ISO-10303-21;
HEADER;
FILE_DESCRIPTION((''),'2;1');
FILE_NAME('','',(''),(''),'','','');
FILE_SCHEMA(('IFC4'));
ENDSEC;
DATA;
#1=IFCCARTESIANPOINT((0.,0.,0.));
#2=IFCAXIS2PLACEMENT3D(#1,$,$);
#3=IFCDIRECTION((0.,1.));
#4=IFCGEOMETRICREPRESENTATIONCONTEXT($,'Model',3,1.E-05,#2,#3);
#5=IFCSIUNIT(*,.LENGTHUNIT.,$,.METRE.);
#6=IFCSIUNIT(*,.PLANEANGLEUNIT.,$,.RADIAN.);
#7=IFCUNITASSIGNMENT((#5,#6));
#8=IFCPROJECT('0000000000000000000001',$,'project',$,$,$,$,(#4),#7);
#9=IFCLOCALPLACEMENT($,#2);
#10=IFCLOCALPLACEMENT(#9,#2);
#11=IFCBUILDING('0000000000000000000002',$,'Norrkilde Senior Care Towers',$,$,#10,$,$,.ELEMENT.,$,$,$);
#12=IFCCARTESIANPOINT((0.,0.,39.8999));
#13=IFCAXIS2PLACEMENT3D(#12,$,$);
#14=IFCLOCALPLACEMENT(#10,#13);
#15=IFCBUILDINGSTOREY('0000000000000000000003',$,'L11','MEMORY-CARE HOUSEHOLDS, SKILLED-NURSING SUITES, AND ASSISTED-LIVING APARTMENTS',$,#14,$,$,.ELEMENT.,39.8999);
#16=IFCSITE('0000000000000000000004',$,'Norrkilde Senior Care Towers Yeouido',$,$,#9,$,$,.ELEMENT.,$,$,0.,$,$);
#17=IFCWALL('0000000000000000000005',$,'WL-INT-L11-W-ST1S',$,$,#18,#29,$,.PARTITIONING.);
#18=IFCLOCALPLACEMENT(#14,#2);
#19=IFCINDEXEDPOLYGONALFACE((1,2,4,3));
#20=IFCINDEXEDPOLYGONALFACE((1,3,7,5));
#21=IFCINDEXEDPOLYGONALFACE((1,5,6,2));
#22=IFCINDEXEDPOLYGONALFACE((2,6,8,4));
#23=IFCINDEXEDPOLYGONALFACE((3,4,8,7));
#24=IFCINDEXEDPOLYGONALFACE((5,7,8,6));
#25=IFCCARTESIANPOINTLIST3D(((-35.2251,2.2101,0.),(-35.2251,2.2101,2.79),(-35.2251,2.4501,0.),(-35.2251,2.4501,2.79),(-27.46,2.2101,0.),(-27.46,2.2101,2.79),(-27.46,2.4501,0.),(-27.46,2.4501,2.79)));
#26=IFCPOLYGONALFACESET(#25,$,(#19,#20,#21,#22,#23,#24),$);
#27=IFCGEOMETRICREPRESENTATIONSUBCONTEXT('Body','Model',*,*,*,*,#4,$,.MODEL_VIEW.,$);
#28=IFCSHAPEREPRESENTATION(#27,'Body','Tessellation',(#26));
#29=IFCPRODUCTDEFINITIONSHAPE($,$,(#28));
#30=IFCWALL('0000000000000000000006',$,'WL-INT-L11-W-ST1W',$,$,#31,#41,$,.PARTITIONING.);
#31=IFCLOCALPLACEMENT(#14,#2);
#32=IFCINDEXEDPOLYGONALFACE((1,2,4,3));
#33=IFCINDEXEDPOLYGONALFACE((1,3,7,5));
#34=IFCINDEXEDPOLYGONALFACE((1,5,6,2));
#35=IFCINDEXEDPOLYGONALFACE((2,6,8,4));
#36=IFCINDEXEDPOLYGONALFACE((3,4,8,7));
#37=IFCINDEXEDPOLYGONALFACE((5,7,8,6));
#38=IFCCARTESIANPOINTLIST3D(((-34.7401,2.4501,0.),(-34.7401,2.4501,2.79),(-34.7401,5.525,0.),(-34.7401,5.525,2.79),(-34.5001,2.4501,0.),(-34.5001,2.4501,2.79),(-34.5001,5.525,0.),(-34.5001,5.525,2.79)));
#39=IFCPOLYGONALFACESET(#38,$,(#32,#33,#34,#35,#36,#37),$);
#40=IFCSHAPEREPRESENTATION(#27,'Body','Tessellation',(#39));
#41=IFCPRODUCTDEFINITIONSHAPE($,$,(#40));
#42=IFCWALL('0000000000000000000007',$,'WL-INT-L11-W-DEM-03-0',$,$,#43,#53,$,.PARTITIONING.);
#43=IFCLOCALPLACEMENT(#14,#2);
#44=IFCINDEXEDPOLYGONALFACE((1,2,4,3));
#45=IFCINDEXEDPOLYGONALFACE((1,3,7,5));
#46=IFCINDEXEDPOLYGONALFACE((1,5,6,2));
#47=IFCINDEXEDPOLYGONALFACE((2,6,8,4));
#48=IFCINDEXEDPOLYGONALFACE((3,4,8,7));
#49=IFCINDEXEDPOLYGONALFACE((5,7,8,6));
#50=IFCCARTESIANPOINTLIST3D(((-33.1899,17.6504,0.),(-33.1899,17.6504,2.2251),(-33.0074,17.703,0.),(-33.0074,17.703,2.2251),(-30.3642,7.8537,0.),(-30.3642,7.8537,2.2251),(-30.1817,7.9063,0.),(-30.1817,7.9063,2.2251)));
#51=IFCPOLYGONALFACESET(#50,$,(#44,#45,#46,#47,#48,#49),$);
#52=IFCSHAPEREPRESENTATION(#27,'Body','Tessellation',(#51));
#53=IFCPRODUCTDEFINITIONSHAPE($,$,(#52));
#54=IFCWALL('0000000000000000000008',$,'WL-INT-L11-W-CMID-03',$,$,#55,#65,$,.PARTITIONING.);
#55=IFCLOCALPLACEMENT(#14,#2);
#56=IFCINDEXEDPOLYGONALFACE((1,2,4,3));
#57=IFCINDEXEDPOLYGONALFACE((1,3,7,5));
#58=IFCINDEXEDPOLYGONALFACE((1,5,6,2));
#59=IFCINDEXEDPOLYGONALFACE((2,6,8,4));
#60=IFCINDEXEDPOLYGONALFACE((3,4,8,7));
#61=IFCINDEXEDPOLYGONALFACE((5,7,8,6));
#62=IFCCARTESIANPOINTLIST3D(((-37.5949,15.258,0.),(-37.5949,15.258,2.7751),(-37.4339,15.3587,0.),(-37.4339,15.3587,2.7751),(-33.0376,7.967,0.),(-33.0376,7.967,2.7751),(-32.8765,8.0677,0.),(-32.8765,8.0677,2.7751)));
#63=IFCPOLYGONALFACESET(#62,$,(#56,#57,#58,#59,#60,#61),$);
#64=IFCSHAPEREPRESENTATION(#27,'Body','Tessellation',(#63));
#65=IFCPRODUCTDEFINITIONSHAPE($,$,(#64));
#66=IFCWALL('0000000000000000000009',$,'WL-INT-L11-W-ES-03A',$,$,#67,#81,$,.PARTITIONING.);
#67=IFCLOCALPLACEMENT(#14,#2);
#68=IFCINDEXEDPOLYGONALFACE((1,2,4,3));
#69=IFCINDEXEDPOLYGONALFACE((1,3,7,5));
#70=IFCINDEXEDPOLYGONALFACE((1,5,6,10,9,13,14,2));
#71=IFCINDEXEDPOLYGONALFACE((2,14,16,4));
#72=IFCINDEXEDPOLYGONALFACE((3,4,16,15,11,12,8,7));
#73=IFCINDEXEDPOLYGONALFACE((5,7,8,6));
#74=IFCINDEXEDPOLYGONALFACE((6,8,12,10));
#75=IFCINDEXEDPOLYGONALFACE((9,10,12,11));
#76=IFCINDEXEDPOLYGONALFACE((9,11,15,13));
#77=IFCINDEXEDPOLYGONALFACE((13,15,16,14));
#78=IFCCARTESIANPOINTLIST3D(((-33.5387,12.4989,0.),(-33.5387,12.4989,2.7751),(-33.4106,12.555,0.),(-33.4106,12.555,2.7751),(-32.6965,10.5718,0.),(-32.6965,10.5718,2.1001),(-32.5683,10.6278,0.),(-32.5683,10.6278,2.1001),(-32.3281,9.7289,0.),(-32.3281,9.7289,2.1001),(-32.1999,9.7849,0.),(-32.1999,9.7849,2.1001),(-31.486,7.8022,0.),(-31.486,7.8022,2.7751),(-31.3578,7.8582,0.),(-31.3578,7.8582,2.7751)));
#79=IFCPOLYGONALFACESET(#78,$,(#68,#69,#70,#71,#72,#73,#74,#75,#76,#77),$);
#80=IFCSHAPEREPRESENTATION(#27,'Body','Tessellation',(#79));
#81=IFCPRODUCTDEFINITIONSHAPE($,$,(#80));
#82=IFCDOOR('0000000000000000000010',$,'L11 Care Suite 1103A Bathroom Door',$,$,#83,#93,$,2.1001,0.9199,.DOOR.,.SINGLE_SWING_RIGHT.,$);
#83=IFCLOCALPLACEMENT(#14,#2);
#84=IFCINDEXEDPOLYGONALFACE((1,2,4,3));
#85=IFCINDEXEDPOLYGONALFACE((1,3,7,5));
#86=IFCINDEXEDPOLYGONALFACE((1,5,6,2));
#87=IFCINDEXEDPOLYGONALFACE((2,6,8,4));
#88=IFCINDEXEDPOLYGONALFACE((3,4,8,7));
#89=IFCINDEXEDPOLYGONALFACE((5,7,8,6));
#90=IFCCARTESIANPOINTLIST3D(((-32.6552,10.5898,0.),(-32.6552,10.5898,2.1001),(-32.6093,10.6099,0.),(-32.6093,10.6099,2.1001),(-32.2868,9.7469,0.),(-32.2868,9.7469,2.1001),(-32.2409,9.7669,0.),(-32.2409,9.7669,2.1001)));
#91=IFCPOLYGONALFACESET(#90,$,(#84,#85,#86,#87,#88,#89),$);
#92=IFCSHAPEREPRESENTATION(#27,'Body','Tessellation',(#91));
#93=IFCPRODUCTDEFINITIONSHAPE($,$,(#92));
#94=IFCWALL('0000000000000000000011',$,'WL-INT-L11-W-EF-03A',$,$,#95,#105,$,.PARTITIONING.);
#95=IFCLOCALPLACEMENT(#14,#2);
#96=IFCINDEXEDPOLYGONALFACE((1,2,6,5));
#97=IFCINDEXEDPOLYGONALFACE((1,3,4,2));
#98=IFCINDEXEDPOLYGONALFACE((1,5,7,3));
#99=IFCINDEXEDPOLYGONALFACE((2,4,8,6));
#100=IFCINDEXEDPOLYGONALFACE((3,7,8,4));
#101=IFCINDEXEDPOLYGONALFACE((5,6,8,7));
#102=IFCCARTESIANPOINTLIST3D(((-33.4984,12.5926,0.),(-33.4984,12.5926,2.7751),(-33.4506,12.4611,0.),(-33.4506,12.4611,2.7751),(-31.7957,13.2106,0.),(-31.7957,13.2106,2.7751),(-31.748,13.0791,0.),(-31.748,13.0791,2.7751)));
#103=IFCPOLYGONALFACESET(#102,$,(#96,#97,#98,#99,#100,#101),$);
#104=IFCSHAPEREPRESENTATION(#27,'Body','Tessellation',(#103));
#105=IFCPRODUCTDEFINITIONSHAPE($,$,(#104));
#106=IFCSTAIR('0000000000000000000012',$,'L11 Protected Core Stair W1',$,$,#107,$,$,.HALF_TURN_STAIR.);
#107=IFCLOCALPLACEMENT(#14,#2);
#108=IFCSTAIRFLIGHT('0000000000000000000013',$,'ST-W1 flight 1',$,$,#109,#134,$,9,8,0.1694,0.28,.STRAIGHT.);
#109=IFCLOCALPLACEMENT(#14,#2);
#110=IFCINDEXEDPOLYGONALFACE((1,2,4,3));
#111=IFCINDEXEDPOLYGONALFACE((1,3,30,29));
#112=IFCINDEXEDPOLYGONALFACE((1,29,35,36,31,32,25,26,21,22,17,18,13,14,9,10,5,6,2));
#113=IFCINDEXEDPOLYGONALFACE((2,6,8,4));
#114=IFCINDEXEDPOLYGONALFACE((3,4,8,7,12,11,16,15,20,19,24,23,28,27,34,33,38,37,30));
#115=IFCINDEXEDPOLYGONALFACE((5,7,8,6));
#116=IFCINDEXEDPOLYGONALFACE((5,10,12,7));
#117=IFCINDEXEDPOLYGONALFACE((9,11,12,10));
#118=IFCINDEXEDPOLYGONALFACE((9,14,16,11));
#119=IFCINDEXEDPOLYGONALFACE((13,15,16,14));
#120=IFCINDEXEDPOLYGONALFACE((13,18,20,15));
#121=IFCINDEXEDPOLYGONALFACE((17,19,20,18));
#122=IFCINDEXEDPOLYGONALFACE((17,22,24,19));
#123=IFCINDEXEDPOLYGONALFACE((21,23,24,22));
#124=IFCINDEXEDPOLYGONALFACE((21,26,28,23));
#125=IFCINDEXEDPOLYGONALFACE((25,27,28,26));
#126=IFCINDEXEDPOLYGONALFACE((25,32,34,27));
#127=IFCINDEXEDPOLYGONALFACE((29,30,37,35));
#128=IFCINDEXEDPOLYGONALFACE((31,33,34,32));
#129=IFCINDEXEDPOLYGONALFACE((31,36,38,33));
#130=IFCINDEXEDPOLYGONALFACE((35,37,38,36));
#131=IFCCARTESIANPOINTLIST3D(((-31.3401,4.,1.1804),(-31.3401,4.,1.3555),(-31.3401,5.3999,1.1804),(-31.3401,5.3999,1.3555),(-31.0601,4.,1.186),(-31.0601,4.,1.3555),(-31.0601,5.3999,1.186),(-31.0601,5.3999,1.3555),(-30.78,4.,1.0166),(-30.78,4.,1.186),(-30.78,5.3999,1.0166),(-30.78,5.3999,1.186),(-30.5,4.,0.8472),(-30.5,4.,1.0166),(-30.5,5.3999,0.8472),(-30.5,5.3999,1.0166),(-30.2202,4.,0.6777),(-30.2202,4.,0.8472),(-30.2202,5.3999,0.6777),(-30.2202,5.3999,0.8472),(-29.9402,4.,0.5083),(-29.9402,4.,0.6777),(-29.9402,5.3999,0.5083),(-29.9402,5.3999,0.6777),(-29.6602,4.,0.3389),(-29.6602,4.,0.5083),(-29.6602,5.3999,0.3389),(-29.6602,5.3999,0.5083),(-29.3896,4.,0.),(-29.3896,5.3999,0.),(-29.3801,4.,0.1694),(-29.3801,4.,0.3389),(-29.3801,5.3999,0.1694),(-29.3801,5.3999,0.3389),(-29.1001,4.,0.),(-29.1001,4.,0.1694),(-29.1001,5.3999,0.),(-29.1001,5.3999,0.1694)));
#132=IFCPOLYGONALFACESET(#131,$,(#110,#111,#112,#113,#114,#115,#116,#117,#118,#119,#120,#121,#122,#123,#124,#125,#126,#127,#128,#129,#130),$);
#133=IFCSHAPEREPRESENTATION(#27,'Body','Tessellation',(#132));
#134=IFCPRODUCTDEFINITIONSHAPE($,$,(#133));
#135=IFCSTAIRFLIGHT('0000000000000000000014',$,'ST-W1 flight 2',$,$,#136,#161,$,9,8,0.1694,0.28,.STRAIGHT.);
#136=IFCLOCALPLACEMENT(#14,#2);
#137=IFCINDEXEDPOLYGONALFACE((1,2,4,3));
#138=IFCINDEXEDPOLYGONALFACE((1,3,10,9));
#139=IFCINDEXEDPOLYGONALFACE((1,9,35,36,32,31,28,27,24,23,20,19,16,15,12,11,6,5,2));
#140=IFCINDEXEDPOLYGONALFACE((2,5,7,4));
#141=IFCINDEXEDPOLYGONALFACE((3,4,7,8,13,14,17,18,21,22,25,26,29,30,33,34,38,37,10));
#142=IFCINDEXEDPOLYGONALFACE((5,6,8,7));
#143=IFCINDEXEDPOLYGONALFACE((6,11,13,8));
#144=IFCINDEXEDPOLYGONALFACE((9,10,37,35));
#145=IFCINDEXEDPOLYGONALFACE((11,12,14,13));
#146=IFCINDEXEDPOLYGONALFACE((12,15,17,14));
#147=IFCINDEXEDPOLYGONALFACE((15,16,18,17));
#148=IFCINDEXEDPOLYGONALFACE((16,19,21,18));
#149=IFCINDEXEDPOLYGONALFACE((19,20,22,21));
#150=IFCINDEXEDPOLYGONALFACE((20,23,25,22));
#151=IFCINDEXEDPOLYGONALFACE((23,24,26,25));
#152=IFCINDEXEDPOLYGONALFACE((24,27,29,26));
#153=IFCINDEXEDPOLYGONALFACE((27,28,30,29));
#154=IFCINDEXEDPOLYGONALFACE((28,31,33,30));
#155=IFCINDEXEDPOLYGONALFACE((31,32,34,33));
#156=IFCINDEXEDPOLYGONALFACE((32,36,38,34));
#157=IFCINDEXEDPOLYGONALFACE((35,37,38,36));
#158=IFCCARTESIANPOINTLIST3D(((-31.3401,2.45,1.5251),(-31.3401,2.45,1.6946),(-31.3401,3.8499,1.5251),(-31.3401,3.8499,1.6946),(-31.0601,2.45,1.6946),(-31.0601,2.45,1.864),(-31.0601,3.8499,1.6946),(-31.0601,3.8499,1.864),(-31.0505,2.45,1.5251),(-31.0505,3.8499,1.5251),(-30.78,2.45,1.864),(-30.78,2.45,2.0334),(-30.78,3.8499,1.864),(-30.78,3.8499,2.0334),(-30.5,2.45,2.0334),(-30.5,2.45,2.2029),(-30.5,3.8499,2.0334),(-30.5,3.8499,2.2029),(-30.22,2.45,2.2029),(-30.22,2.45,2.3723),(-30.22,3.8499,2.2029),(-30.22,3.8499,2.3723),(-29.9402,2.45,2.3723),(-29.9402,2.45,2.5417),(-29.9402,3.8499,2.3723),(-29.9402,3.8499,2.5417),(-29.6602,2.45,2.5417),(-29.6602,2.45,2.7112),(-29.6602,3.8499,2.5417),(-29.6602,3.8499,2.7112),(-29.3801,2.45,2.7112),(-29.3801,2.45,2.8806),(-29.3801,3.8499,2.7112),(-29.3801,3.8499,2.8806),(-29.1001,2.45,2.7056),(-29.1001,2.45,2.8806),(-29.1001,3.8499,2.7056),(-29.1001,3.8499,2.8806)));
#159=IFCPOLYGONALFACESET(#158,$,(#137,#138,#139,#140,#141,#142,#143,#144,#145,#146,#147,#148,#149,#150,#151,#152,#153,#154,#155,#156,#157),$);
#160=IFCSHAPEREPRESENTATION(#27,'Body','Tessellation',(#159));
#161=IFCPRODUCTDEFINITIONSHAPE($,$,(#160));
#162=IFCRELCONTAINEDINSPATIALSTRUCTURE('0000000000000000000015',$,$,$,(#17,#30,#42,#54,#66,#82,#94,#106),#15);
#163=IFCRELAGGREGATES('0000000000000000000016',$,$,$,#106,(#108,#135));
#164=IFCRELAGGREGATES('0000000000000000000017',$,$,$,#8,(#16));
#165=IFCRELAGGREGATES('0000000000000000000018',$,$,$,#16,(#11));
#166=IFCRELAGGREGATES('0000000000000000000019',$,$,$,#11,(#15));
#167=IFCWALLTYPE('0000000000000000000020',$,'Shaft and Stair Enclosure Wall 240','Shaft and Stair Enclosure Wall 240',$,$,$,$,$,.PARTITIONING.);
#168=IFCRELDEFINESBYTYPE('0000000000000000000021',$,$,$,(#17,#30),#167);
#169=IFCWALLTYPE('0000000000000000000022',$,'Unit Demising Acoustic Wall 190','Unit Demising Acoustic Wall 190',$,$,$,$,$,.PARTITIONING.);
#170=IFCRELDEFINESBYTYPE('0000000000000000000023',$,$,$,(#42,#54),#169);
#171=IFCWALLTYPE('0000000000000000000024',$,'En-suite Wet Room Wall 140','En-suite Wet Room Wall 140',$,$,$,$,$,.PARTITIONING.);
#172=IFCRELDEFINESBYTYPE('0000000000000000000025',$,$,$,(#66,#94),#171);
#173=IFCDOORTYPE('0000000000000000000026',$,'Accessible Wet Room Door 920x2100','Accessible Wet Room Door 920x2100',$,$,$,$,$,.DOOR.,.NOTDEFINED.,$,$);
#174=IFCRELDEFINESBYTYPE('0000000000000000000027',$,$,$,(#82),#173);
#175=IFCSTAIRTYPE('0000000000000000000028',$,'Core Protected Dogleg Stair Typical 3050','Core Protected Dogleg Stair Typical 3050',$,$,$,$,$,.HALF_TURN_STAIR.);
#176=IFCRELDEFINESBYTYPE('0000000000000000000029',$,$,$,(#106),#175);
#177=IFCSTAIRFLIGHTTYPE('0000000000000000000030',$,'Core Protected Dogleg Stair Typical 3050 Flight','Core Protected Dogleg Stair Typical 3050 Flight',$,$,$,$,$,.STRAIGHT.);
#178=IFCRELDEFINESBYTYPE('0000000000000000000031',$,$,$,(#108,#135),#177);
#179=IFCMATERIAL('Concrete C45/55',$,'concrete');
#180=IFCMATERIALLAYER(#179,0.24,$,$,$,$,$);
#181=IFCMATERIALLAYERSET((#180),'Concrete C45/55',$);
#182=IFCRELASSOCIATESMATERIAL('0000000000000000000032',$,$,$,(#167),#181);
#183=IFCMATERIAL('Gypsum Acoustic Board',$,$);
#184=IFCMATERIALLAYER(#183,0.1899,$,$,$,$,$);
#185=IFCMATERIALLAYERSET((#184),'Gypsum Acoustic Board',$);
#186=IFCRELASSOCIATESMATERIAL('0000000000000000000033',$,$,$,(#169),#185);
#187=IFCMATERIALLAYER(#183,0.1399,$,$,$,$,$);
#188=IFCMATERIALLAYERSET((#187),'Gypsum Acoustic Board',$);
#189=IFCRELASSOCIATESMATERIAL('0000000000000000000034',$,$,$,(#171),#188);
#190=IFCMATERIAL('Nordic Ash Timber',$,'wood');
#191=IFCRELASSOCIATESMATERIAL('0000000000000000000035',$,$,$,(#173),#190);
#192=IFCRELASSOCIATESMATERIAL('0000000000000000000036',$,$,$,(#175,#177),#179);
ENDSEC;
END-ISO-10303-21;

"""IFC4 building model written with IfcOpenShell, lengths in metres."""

from ifc_helpers import new_model, si_unit, direction, frame, frame_2d, origin, place, context, subcontext, project, spatial, polyline, rectangle, outline, extrude, source, transform, mapped, material, layer, layer_set, type_object, type_shapes, element, fill, aggregate, save


model = new_model("IFC4")

# Units and contexts
model_context = context("Model", 3, precision=1e-05, world=origin(), true_north=direction((0.0, 1.0)))
body_context = subcontext(model_context, "Body", "Model", "MODEL_VIEW")
ifc_project = project(units=[si_unit("LENGTHUNIT", "METRE"), si_unit("PLANEANGLEUNIT", "RADIAN")], contexts=[model_context])

# Site, building, storey
site_placement = place(None, origin())
site = spatial("IfcSite", under=ifc_project, at=site_placement, Name="Norrkilde Senior Care Towers Yeouido", CompositionType="ELEMENT", RefElevation=0.0)
building_placement = place(site_placement, origin())
building = spatial("IfcBuilding", under=site, at=building_placement, Name="Norrkilde Senior Care Towers", CompositionType="ELEMENT")
storey_placement = place(building_placement, frame((0.0, 0.0, 39.8999)))
storey = spatial("IfcBuildingStorey", under=building, at=storey_placement, Name="L11", Description="MEMORY-CARE HOUSEHOLDS, SKILLED-NURSING SUITES, AND ASSISTED-LIVING APARTMENTS", CompositionType="ELEMENT", Elevation=39.8999)

# Walls
ifc_material_1 = material(Name="Concrete C45/55", Category="concrete")
ifc_layer_1 = layer(ifc_material_1, 0.24)
ifc_layer_set_1 = layer_set([ifc_layer_1], Name="Concrete C45/55")
wall_type_1 = type_object("IfcWallType", Name="Shaft and Stair Enclosure Wall 240", Description="Shaft and Stair Enclosure Wall 240", PredefinedType="PARTITIONING", material=ifc_layer_set_1)
shared_shape_1 = source(origin(), body_context, "Body", "SweptSolid", [
    extrude(rectangle(XDim=7.7651, YDim=0.24, at=frame_2d((3.8826, 0.0))), origin(), (0.0, 0.0, 1.0), 2.79),
])
wall_1_placement = place(storey_placement, frame((-35.2251, 2.3301, 0.0), z_axis=(0.0, 0.0, 1.0), x_axis=(1.0, 0.0, 0.0)))
element("IfcWall", 1, at=wall_1_placement, inside=storey, type_object=wall_type_1, Name="WL-INT-L11-W-ST1S", PredefinedType="PARTITIONING", context=body_context, shape_type="MappedRepresentation", body=[
    mapped(shared_shape_1, transform((0.0, 0.0, 0.0), x_axis=(1.0, 0.0, 0.0), y_axis=(0.0, 1.0, 0.0), z_axis=(0.0, 0.0, 1.0), scale=1.0)),
])
shared_shape_2 = source(origin(), body_context, "Body", "SweptSolid", [
    extrude(rectangle(XDim=3.075, YDim=0.24, at=frame_2d((1.5376, 0.0))), origin(), (0.0, 0.0, 1.0), 2.79),
])
type_shapes(wall_type_1, [shared_shape_1, shared_shape_2])
wall_2_placement = place(storey_placement, frame((-34.6201, 2.45, 0.0), z_axis=(0.0, 0.0, 1.0), x_axis=(0.0, 1.0, 0.0)))
element("IfcWall", 2, at=wall_2_placement, inside=storey, type_object=wall_type_1, Name="WL-INT-L11-W-ST1W", PredefinedType="PARTITIONING", context=body_context, shape_type="MappedRepresentation", body=[
    mapped(shared_shape_2, transform((0.0, 0.0, 0.0), x_axis=(1.0, 0.0, 0.0), y_axis=(0.0, 1.0, 0.0), z_axis=(0.0, 0.0, 1.0), scale=1.0)),
])
ifc_material_2 = material(Name="Gypsum Acoustic Board")
ifc_layer_2 = layer(ifc_material_2, 0.1899)
ifc_layer_set_2 = layer_set([ifc_layer_2], Name="Gypsum Acoustic Board")
wall_type_2 = type_object("IfcWallType", Name="Unit Demising Acoustic Wall 190", Description="Unit Demising Acoustic Wall 190", PredefinedType="PARTITIONING", material=ifc_layer_set_2)
shared_shape_3 = source(origin(), body_context, "Body", "SweptSolid", [
    extrude(rectangle(XDim=10.196, YDim=0.1899, at=frame_2d((5.0981, 0.0))), origin(), (0.0, 0.0, 1.0), 2.2251),
])
wall_3_placement = place(storey_placement, frame((-30.2729, 7.8799, 0.0), z_axis=(0.0, 0.0, 1.0), x_axis=(-0.277136, 0.960831, 0.0)))
element("IfcWall", 3, at=wall_3_placement, inside=storey, type_object=wall_type_2, Name="WL-INT-L11-W-DEM-03-0", PredefinedType="PARTITIONING", context=body_context, shape_type="MappedRepresentation", body=[
    mapped(shared_shape_3, transform((0.0, 0.0, 0.0), x_axis=(1.0, 0.0, 0.0), y_axis=(0.0, 1.0, 0.0), z_axis=(0.0, 0.0, 1.0), scale=1.0)),
])
shared_shape_4 = source(origin(), body_context, "Body", "SweptSolid", [
    extrude(rectangle(XDim=8.5981, YDim=0.1899, at=frame_2d((4.2991, 0.0))), origin(), (0.0, 0.0, 1.0), 2.7751),
])
type_shapes(wall_type_2, [shared_shape_3, shared_shape_4])
wall_4_placement = place(storey_placement, frame((-32.957, 8.0173, 0.0), z_axis=(0.0, 0.0, 1.0), x_axis=(-0.53004, 0.847973, 0.0)))
element("IfcWall", 4, at=wall_4_placement, inside=storey, type_object=wall_type_2, Name="WL-INT-L11-W-CMID-03", PredefinedType="PARTITIONING", context=body_context, shape_type="MappedRepresentation", body=[
    mapped(shared_shape_4, transform((0.0, 0.0, 0.0), x_axis=(1.0, 0.0, 0.0), y_axis=(0.0, 1.0, 0.0), z_axis=(0.0, 0.0, 1.0), scale=1.0)),
])

# Wall, opening, door
ifc_layer_3 = layer(ifc_material_2, 0.1399)
ifc_layer_set_3 = layer_set([ifc_layer_3], Name="Gypsum Acoustic Board")
wall_type_3 = type_object("IfcWallType", Name="En-suite Wet Room Wall 140", Description="En-suite Wet Room Wall 140", PredefinedType="PARTITIONING", material=ifc_layer_set_3)
shared_shape_5 = source(origin(), body_context, "Body", "SweptSolid", [
    extrude(rectangle(XDim=5.1257, YDim=0.1399, at=frame_2d((2.563, 0.0))), origin(), (0.0, 0.0, 1.0), 2.7751),
])
wall_5_placement = place(storey_placement, frame((-31.4219, 7.8301, 0.0), z_axis=(0.0, 0.0, 1.0), x_axis=(-0.400474, 0.916308, 0.0)))
wall_5 = element("IfcWall", 5, at=wall_5_placement, inside=storey, type_object=wall_type_3, Name="WL-INT-L11-W-ES-03A", PredefinedType="PARTITIONING", context=body_context, shape_type="MappedRepresentation", body=[
    mapped(shared_shape_5, transform((0.0, 0.0, 0.0), x_axis=(1.0, 0.0, 0.0), y_axis=(0.0, 1.0, 0.0), z_axis=(0.0, 0.0, 1.0), scale=1.0)),
])
opening_placement = place(wall_5_placement, frame((2.1028, 0.0, 0.0)))
opening = element("IfcOpeningElement", 6, at=opening_placement, cuts=wall_5, PredefinedType="OPENING", context=body_context, shape_type="SweptSolid", body=[
    extrude(rectangle(XDim=0.9199, YDim=2.1001, at=frame_2d((0.46, 1.05))), frame((0.0, 0.0798, 0.0), z_axis=(0.0, -1.0, 0.0), x_axis=(1.0, 0.0, 0.0)), (0.0, 0.0, 1.0), 0.1599),
])
ifc_material_3 = material(Name="Nordic Ash Timber", Category="wood")
door_type = type_object("IfcDoorType", Name="Accessible Wet Room Door 920x2100", Description="Accessible Wet Room Door 920x2100", OperationType="NOTDEFINED", PredefinedType="DOOR", material=ifc_material_3)
shared_shape_6 = source(origin(), body_context, "Body", "SweptSolid", [
    extrude(rectangle(XDim=0.9199, YDim=2.1001, at=frame_2d((0.46, 1.05))), frame((0.0, 0.0249, 0.0), z_axis=(0.0, -1.0, 0.0), x_axis=(1.0, 0.0, 0.0)), (0.0, 0.0, 1.0), 0.05),
])
type_shapes(door_type, [shared_shape_6])
door_placement = place(opening_placement, origin())
door = element("IfcDoor", 7, at=door_placement, inside=storey, type_object=door_type, Name="L11 Care Suite 1103A Bathroom Door", OperationType="SINGLE_SWING_RIGHT", OverallHeight=2.1001, OverallWidth=0.9199, PredefinedType="DOOR", context=body_context, shape_type="MappedRepresentation", body=[
    mapped(shared_shape_6, transform((0.0, 0.0, 0.0), x_axis=(1.0, 0.0, 0.0), y_axis=(0.0, 1.0, 0.0), z_axis=(0.0, 0.0, 1.0), scale=1.0)),
])
fill(opening, door)

# Wall
shared_shape_7 = source(origin(), body_context, "Body", "SweptSolid", [
    extrude(rectangle(XDim=1.8113, YDim=0.1399, at=frame_2d((0.9058, 0.0))), origin(), (0.0, 0.0, 1.0), 2.7751),
])
type_shapes(wall_type_3, [shared_shape_5, shared_shape_7])
wall_6_placement = place(storey_placement, frame((-33.4746, 12.5269, 0.0), z_axis=(0.0, 0.0, 1.0), x_axis=(0.94001, 0.341148, 0.0)))
element("IfcWall", 8, at=wall_6_placement, inside=storey, type_object=wall_type_3, Name="WL-INT-L11-W-EF-03A", PredefinedType="PARTITIONING", context=body_context, shape_type="MappedRepresentation", body=[
    mapped(shared_shape_7, transform((0.0, 0.0, 0.0), x_axis=(1.0, 0.0, 0.0), y_axis=(0.0, 1.0, 0.0), z_axis=(0.0, 0.0, 1.0), scale=1.0)),
])

# Stair, stair flights
stair_type = type_object("IfcStairType", Name="Core Protected Dogleg Stair Typical 3050", Description="Core Protected Dogleg Stair Typical 3050", PredefinedType="HALF_TURN_STAIR", material=ifc_material_1)
stair_placement = place(storey_placement, origin())
stair = element("IfcStair", 9, at=stair_placement, inside=storey, type_object=stair_type, Name="L11 Protected Core Stair W1", PredefinedType="HALF_TURN_STAIR")
stair_flight_type = type_object("IfcStairFlightType", Name="Core Protected Dogleg Stair Typical 3050 Flight", Description="Core Protected Dogleg Stair Typical 3050 Flight", PredefinedType="STRAIGHT", material=ifc_material_1)
stair_flight_1_placement = place(storey_placement, frame((-29.1001, 4.7, 0.0), z_axis=(0.0, 0.0, 1.0), x_axis=(-1.0, 0.0, 0.0)))
stair_flight_1 = element("IfcStairFlight", 10, at=stair_flight_1_placement, type_object=stair_flight_type, Name="ST-W1 flight 1", NumberOfRisers=9, NumberOfTreads=8, PredefinedType="STRAIGHT", RiserHeight=0.1694, TreadLength=0.28, context=body_context, shape_type="SweptSolid", body=[
    extrude(outline(polyline([(0.0, 0.0), (0.0, 0.1694), (0.28, 0.1694), (0.28, 0.3389), (0.5601, 0.3389), (0.5601, 0.5083), (0.8401, 0.5083), (0.8401, 0.6777), (1.1201, 0.6777), (1.1201, 0.8472), (1.3999, 0.8472), (1.3999, 1.0166), (1.6799, 1.0166), (1.6799, 1.186), (1.96, 1.186), (1.96, 1.3555), (2.24, 1.3555), (2.24, 1.5249), (2.24, 1.1804), (0.2896, 0.0), (0.0, 0.0)])), frame((0.0, 0.7, 0.0), z_axis=(0.0, -1.0, 0.0), x_axis=(1.0, 0.0, 0.0)), (0.0, 0.0, 1.0), 1.3999),
])
stair_flight_2_placement = place(storey_placement, frame((-31.3401, 3.1499, 1.5251), z_axis=(0.0, 0.0, 1.0), x_axis=(1.0, 0.0, 0.0)))
stair_flight_2 = element("IfcStairFlight", 11, at=stair_flight_2_placement, type_object=stair_flight_type, Name="ST-W1 flight 2", NumberOfRisers=9, NumberOfTreads=8, PredefinedType="STRAIGHT", RiserHeight=0.1694, TreadLength=0.28, context=body_context, shape_type="SweptSolid", body=[
    extrude(outline(polyline([(0.0, 0.0), (0.0, 0.1694), (0.28, 0.1694), (0.28, 0.3389), (0.5601, 0.3389), (0.5601, 0.5083), (0.8401, 0.5083), (0.8401, 0.6777), (1.1201, 0.6777), (1.1201, 0.8472), (1.3999, 0.8472), (1.3999, 1.0166), (1.6799, 1.0166), (1.6799, 1.186), (1.96, 1.186), (1.96, 1.3555), (2.24, 1.3555), (2.24, 1.5249), (2.24, 1.1804), (0.2896, 0.0), (0.0, 0.0)])), frame((0.0, 0.7, 0.0), z_axis=(0.0, -1.0, 0.0), x_axis=(1.0, 0.0, 0.0)), (0.0, 0.0, 1.0), 1.3999),
])
aggregate(stair, [stair_flight_1, stair_flight_2])

save(model, "model.ifc")
